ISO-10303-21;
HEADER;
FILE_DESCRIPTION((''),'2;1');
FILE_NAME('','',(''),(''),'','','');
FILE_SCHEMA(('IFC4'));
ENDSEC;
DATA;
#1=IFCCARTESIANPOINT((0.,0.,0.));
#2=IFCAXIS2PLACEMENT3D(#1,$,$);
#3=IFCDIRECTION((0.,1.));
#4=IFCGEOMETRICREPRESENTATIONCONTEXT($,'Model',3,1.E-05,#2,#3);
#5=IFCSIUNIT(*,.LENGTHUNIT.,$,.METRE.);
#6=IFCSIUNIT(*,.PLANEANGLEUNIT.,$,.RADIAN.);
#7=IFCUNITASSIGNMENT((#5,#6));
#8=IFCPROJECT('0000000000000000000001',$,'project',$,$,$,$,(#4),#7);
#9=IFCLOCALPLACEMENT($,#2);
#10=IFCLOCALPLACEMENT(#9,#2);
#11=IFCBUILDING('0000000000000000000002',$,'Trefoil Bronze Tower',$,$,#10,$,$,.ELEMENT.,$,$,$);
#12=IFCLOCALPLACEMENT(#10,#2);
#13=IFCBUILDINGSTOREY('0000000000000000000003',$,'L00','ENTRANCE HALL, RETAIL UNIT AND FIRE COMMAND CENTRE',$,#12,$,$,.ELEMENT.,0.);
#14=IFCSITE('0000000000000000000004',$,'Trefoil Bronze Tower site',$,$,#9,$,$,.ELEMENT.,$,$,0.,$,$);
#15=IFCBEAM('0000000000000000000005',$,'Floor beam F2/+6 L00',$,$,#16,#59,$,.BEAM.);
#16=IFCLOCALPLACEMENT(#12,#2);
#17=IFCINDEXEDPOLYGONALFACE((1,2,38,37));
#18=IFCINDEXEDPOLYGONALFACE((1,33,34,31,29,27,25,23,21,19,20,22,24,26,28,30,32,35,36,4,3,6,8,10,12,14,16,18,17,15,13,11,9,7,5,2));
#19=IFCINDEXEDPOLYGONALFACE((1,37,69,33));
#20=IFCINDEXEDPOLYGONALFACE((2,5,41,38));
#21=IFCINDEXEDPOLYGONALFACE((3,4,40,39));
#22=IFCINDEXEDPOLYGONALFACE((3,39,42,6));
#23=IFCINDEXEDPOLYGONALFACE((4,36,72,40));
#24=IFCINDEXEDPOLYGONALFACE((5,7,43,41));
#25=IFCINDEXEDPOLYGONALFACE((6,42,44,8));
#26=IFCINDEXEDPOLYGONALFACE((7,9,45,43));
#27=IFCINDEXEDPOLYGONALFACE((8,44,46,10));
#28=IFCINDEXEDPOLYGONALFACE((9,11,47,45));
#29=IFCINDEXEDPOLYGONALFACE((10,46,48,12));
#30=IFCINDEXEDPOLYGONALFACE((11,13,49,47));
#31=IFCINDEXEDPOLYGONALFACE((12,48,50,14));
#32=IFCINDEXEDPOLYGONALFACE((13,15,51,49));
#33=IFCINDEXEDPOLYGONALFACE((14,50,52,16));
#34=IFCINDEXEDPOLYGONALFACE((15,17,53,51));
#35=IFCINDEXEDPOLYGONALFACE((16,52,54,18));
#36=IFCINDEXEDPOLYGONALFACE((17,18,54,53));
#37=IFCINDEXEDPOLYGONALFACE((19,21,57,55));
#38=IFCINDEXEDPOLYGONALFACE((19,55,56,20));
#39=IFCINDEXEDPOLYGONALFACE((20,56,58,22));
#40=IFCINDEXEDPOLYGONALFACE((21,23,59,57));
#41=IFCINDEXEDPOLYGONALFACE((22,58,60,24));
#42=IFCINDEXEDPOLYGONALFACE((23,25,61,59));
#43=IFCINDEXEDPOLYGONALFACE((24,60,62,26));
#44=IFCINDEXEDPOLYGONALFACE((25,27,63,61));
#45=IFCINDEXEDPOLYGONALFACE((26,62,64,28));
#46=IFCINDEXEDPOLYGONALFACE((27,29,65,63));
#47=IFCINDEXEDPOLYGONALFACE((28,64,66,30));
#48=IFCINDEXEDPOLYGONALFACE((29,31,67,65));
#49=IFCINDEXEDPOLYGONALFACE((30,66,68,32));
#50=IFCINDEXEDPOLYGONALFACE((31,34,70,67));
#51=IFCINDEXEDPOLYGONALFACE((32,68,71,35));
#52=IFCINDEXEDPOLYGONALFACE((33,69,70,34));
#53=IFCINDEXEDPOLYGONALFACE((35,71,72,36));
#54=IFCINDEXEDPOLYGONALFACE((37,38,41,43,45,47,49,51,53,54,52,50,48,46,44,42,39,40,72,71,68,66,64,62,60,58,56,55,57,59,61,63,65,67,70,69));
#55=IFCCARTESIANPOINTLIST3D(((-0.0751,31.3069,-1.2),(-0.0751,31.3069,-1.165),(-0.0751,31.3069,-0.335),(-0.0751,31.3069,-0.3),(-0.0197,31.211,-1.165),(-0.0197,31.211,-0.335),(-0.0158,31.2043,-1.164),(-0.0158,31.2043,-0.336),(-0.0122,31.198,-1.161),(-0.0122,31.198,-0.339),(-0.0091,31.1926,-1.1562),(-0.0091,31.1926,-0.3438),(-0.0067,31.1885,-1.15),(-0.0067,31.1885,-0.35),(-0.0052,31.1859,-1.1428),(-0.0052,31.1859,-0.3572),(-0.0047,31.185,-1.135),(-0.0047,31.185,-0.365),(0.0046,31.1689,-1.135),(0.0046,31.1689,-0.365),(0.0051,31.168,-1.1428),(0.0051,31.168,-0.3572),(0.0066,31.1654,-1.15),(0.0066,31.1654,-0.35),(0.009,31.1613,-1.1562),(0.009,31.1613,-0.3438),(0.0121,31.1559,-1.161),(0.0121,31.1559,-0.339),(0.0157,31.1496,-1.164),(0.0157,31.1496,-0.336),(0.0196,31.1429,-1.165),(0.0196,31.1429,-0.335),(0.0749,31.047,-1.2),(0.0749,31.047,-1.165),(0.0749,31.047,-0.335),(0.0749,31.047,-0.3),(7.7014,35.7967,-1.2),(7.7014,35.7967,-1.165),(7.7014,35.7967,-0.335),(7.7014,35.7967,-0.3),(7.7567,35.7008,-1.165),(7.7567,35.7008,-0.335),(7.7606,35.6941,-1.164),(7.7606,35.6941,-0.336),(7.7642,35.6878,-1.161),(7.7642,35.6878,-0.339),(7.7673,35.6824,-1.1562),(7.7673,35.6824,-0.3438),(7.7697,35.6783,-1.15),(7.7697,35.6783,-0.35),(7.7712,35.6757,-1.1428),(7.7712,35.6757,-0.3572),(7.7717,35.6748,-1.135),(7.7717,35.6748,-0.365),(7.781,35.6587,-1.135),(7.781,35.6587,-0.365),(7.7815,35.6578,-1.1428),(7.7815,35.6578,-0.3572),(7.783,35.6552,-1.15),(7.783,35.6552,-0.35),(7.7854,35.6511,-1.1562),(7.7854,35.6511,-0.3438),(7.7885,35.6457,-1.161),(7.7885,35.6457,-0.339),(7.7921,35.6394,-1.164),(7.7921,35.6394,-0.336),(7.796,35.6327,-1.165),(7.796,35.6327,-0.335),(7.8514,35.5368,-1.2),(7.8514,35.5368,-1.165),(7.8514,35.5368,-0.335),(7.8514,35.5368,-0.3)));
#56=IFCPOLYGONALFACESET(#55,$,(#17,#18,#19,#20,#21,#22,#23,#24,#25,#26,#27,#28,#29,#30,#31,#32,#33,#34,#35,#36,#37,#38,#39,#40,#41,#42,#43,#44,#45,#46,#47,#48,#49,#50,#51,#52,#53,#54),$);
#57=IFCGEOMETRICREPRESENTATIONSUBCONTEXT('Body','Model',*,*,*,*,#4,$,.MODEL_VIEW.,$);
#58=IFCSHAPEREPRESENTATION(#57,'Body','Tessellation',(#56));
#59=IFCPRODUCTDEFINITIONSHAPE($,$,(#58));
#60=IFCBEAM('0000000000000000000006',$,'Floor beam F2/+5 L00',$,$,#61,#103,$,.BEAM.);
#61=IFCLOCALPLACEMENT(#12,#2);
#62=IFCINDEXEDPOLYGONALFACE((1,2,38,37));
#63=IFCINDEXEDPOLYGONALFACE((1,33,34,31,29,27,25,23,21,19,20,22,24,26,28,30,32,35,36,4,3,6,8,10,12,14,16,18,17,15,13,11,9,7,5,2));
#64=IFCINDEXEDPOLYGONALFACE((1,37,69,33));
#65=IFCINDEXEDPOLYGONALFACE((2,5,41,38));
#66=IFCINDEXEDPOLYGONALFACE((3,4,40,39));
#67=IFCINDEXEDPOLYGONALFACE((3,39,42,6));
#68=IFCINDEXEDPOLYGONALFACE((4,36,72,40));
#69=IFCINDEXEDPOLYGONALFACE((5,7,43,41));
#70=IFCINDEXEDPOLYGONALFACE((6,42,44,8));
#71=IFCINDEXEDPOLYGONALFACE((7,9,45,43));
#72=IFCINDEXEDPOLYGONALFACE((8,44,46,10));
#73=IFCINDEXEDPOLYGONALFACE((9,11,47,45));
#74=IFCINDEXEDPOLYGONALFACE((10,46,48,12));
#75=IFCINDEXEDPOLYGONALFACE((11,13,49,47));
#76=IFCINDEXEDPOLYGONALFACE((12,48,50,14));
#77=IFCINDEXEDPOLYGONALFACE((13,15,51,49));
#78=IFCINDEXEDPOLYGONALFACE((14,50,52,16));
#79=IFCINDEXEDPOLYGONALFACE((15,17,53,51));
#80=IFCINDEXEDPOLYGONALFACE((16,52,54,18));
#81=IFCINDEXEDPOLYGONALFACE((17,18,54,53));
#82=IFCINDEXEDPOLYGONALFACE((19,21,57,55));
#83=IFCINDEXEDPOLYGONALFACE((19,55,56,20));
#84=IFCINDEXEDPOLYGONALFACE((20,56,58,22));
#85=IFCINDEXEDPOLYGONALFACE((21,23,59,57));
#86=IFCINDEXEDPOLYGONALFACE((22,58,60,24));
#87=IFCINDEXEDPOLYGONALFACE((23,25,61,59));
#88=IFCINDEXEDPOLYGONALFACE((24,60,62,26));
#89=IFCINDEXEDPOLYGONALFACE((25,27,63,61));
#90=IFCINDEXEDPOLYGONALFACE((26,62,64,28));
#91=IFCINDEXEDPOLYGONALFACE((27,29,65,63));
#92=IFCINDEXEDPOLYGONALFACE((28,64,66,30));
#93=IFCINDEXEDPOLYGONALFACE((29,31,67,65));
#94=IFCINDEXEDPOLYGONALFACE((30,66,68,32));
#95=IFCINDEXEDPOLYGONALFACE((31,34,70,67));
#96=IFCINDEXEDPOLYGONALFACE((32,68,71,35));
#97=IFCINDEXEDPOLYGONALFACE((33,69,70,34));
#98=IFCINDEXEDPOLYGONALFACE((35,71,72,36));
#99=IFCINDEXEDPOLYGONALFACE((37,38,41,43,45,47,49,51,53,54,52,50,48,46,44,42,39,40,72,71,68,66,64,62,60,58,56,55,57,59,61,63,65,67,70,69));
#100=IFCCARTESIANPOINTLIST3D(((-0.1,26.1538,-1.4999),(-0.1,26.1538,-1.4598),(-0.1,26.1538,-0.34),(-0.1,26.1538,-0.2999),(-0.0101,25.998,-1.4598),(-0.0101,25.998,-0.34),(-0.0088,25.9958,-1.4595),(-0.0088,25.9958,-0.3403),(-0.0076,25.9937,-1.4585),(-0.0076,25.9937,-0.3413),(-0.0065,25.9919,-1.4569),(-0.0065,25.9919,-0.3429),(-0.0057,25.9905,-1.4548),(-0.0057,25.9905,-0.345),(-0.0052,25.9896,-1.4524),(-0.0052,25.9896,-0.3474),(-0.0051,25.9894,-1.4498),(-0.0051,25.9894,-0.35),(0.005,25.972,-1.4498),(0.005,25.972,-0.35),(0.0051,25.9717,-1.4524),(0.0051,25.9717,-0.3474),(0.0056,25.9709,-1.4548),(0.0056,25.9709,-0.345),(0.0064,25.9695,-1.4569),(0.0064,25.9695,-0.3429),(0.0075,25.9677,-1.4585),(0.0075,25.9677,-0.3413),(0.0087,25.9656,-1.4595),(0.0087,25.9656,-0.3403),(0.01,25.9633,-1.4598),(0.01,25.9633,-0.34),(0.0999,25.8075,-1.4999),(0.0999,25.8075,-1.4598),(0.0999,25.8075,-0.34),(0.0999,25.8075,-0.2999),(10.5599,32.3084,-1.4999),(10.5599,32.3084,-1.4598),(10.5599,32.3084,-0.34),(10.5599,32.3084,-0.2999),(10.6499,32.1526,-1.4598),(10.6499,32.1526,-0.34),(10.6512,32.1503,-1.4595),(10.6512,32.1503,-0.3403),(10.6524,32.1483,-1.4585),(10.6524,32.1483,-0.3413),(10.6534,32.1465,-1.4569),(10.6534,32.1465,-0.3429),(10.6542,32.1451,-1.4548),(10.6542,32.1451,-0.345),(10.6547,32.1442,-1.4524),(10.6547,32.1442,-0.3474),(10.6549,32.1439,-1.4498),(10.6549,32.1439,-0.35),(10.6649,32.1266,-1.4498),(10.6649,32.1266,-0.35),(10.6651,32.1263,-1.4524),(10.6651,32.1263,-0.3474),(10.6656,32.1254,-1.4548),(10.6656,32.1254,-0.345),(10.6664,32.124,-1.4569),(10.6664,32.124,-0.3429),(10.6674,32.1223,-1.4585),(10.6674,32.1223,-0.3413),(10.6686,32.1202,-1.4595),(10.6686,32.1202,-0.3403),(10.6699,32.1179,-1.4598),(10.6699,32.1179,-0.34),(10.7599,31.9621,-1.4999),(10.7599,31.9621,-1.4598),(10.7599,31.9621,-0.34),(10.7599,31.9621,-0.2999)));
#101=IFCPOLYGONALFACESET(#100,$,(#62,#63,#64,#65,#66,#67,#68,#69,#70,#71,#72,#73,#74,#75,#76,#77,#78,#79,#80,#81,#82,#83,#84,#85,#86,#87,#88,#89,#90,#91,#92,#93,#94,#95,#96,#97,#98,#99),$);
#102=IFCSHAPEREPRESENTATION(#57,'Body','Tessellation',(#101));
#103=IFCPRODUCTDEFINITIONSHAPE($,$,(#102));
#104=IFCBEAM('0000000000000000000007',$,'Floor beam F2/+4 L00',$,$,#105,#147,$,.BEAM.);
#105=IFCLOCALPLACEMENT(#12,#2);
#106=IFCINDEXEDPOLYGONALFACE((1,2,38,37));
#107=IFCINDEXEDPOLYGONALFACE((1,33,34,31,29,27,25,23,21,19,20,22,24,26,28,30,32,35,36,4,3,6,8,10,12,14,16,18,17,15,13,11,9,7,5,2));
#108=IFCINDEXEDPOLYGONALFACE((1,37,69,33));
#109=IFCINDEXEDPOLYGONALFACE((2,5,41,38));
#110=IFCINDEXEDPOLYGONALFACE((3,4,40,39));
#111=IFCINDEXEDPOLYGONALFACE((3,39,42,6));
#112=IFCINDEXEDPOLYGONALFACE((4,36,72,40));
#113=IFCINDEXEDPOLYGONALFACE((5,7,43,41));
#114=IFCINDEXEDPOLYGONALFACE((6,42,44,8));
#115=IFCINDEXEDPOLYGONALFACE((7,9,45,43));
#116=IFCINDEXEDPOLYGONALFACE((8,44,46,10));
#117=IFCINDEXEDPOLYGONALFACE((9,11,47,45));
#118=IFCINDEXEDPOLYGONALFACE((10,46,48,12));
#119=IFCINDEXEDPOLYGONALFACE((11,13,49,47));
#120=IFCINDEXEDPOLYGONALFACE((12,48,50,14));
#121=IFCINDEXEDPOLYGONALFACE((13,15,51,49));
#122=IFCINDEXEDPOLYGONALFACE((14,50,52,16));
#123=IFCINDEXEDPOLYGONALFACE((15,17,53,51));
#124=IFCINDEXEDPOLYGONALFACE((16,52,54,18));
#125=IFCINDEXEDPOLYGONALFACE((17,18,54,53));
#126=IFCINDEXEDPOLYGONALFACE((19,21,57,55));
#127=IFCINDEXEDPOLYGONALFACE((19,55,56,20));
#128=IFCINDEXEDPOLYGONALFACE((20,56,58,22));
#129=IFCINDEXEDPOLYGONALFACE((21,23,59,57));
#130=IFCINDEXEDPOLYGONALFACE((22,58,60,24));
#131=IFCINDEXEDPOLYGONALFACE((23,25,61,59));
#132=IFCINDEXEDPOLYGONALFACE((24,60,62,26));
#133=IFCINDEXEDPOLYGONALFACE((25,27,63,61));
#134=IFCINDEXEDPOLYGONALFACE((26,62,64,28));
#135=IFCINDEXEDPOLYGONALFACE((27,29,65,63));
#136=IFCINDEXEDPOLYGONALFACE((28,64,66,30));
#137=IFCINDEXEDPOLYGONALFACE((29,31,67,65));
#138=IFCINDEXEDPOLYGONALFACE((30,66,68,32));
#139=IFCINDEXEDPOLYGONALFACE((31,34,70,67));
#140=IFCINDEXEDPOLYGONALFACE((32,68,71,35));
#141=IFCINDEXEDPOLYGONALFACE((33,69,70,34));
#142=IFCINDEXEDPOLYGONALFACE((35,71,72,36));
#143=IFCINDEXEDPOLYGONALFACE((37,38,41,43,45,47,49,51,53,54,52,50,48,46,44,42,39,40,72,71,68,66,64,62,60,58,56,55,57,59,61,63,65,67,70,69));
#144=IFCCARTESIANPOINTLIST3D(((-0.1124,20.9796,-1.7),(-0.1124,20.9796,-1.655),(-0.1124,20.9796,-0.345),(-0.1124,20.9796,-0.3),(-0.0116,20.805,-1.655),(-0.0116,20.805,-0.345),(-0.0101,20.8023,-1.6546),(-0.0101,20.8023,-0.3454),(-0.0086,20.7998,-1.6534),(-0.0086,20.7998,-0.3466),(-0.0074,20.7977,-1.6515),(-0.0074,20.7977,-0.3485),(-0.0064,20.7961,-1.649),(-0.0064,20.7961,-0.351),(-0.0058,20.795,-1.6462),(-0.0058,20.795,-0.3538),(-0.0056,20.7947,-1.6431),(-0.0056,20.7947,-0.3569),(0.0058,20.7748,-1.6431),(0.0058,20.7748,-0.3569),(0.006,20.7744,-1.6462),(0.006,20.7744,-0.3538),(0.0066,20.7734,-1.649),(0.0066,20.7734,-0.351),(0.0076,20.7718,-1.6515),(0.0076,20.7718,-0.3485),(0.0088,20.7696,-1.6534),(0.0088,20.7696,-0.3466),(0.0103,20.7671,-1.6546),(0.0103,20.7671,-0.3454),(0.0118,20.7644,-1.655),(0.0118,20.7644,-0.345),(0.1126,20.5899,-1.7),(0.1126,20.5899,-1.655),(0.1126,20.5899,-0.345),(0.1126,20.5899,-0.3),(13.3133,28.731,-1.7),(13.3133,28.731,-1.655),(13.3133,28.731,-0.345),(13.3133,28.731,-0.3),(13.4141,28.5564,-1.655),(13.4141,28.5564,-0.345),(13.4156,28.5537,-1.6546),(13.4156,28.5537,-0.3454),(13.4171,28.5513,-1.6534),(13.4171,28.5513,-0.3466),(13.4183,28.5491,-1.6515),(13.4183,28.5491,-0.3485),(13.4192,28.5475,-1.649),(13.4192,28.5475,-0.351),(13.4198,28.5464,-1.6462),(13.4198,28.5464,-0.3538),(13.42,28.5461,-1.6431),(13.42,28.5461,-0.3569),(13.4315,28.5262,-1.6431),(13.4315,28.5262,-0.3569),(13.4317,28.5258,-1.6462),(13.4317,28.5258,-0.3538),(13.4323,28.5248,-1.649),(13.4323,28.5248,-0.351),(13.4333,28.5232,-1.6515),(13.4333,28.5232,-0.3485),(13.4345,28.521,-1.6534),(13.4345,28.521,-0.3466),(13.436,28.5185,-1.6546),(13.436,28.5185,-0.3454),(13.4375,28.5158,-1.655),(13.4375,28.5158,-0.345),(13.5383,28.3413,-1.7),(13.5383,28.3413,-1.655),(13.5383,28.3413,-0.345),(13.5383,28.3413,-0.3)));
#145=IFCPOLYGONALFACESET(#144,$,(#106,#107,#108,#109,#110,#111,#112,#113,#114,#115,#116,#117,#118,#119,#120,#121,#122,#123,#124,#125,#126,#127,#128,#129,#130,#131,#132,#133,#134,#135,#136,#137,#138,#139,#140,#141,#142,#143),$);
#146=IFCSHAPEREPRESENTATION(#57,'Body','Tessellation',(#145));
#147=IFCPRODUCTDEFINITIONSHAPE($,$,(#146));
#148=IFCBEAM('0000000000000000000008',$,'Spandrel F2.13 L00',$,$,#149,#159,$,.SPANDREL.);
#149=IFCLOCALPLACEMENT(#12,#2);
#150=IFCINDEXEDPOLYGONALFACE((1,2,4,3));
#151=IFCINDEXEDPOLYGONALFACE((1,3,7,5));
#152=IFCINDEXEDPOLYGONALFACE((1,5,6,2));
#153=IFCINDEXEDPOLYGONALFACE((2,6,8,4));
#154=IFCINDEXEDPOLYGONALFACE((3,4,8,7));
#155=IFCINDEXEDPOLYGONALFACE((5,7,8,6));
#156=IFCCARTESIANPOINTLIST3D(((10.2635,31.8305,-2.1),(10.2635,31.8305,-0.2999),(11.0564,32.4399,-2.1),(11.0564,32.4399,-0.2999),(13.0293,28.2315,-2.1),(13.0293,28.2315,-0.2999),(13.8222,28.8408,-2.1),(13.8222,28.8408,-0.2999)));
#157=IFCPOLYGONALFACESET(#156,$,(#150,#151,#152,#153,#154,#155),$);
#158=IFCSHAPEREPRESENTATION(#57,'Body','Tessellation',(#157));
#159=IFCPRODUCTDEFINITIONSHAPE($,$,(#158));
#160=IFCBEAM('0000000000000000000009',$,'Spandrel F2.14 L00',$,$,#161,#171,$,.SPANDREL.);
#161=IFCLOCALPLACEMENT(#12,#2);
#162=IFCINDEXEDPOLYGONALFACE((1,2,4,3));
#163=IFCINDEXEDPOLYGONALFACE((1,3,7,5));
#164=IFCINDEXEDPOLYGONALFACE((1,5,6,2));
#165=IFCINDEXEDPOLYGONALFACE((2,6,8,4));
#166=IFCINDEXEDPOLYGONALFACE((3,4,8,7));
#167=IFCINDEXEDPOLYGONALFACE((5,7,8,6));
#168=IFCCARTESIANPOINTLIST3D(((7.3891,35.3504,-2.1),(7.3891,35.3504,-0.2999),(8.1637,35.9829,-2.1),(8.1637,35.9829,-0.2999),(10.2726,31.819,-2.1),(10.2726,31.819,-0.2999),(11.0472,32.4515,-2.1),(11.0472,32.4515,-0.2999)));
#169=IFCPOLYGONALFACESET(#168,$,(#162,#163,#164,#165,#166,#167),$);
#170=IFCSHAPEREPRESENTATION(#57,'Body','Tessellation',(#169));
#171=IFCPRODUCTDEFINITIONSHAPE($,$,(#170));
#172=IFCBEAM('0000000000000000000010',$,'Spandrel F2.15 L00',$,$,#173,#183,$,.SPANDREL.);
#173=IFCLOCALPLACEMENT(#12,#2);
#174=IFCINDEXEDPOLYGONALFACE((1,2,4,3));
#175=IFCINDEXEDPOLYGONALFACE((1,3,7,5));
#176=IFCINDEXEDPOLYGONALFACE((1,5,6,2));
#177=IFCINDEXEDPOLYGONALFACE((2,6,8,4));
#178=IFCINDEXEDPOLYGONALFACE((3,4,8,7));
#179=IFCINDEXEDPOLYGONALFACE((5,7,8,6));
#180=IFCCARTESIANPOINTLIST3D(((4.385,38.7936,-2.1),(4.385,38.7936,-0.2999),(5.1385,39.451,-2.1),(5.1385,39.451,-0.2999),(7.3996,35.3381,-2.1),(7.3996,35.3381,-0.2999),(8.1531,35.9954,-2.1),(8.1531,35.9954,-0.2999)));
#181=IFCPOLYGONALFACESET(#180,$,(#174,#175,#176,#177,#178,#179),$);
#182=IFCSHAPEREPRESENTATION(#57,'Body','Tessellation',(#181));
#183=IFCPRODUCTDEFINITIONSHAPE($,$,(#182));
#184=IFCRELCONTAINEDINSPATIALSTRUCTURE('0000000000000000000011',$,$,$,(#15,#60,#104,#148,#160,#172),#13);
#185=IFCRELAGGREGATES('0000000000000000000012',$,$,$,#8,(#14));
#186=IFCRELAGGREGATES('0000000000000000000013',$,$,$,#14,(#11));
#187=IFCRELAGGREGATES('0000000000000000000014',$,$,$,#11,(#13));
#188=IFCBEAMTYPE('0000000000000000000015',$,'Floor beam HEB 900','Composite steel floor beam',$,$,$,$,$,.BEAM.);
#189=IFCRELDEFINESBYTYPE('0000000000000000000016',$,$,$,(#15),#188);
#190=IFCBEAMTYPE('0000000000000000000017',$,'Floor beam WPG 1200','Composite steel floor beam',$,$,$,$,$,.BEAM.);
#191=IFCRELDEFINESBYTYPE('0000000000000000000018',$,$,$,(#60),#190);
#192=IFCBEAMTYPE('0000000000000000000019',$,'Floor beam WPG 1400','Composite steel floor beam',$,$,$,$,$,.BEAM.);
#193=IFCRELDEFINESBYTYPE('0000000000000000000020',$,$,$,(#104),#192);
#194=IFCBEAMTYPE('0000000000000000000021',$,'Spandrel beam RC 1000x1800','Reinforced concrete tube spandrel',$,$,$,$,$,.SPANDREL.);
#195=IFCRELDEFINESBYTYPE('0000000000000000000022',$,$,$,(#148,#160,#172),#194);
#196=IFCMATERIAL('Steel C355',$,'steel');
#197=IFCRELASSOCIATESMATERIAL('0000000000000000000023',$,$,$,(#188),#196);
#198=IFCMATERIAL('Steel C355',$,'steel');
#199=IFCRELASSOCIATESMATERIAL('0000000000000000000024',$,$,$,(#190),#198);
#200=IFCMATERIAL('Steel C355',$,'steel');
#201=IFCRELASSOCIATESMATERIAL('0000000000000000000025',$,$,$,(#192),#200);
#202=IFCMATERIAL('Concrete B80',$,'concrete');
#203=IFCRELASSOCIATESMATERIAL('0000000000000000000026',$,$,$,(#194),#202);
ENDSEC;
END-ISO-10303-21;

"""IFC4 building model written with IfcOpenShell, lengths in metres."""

from ifc_helpers import new_model, si_unit, direction, frame, origin, origin_2d, place, context, subcontext, project, spatial, rectangle, i_section, extrude, material, material_profile, profile_set, type_object, element, save


model = new_model("IFC4")

# Units and contexts
model_context = context("Model", 3, precision=1e-05, world=origin(), true_north=direction((0.0, 1.0)))
body_context = subcontext(model_context, "Body", "Model", "MODEL_VIEW")
ifc_project = project(units=[si_unit("LENGTHUNIT", "METRE"), si_unit("PLANEANGLEUNIT", "RADIAN")], contexts=[model_context])

# Site, building, storey
site_placement = place(None, origin())
site = spatial("IfcSite", under=ifc_project, at=site_placement, Name="Trefoil Bronze Tower site", CompositionType="ELEMENT", RefElevation=0.0)
building_placement = place(site_placement, origin())
building = spatial("IfcBuilding", under=site, at=building_placement, Name="Trefoil Bronze Tower", CompositionType="ELEMENT")
storey_placement = place(building_placement, origin())
storey = spatial("IfcBuildingStorey", under=building, at=storey_placement, Name="L00", Description="ENTRANCE HALL, RETAIL UNIT AND FIRE COMMAND CENTRE", CompositionType="ELEMENT", Elevation=0.0)

# Beams
ifc_material_1 = material(Name="Steel C355", Category="steel")
ifc_material_profile_1 = material_profile(ifc_material_1, i_section(OverallWidth=0.3, OverallDepth=0.8999, WebThickness=0.0186, FlangeThickness=0.0349, FilletRadius=0.03, at=origin_2d()), Name="HEB 900")
ifc_profile_set_1 = profile_set([ifc_material_profile_1], Name="Steel C355")
beam_type_1 = type_object("IfcBeamType", Name="Floor beam HEB 900", Description="Composite steel floor beam", PredefinedType="BEAM", material=ifc_profile_set_1)
beam_1_placement = place(storey_placement, frame((7.7764, 35.6667, -0.75), z_axis=(-0.866023, -0.500005, 0.0), x_axis=(0.500005, -0.866023, 0.0)))
element("IfcBeam", 1, at=beam_1_placement, inside=storey, type_object=beam_type_1, Name="Floor beam F2/+6 L00", PredefinedType="BEAM", context=body_context, shape_type="SweptSolid", body=[
    extrude(i_section(OverallWidth=0.3, OverallDepth=0.8999, WebThickness=0.0186, FlangeThickness=0.0349, FilletRadius=0.03, at=origin_2d()), origin(), (0.0, 0.0, 1.0), 8.9795),
])
ifc_material_2 = material(Name="Steel C355", Category="steel")
ifc_material_profile_2 = material_profile(ifc_material_2, i_section(OverallWidth=0.3999, OverallDepth=1.2, WebThickness=0.02, FlangeThickness=0.04, FilletRadius=0.01, at=origin_2d()), Name="WPG 1200")
ifc_profile_set_2 = profile_set([ifc_material_profile_2], Name="Steel C355")
beam_type_2 = type_object("IfcBeamType", Name="Floor beam WPG 1200", Description="Composite steel floor beam", PredefinedType="BEAM", material=ifc_profile_set_2)
beam_2_placement = place(storey_placement, frame((10.6599, 32.1353, -0.8999), z_axis=(-0.866024, -0.500002, 0.0), x_axis=(0.500002, -0.866024, 0.0)))
element("IfcBeam", 2, at=beam_2_placement, inside=storey, type_object=beam_type_2, Name="Floor beam F2/+5 L00", PredefinedType="BEAM", context=body_context, shape_type="SweptSolid", body=[
    extrude(i_section(OverallWidth=0.3999, OverallDepth=1.2, WebThickness=0.02, FlangeThickness=0.04, FilletRadius=0.01, at=origin_2d()), origin(), (0.0, 0.0, 1.0), 12.3091),
])
ifc_material_3 = material(Name="Steel C355", Category="steel")
ifc_material_profile_3 = material_profile(ifc_material_3, i_section(OverallWidth=0.45, OverallDepth=1.3999, WebThickness=0.0229, FlangeThickness=0.0449, FilletRadius=0.012, at=origin_2d()), Name="WPG 1400")
ifc_profile_set_3 = profile_set([ifc_material_profile_3], Name="Steel C355")
beam_type_3 = type_object("IfcBeamType", Name="Floor beam WPG 1400", Description="Composite steel floor beam", PredefinedType="BEAM", material=ifc_profile_set_3)
beam_3_placement = place(storey_placement, frame((13.4258, 28.5361, -1.0), z_axis=(-0.866023, -0.500004, 0.0), x_axis=(0.500004, -0.866023, 0.0)))
element("IfcBeam", 3, at=beam_3_placement, inside=storey, type_object=beam_type_3, Name="Floor beam F2/+4 L00", PredefinedType="BEAM", context=body_context, shape_type="SweptSolid", body=[
    extrude(i_section(OverallWidth=0.45, OverallDepth=1.3999, WebThickness=0.0229, FlangeThickness=0.0449, FilletRadius=0.012, at=origin_2d()), origin(), (0.0, 0.0, 1.0), 15.5027),
])
ifc_material_4 = material(Name="Concrete B80", Category="concrete")
ifc_material_profile_4 = material_profile(ifc_material_4, rectangle(XDim=1.0, YDim=1.8, at=origin_2d()), Name="RC 1000x1800")
ifc_profile_set_4 = profile_set([ifc_material_profile_4], Name="Concrete B80")
beam_type_4 = type_object("IfcBeamType", Name="Spandrel beam RC 1000x1800", Description="Reinforced concrete tube spandrel", PredefinedType="SPANDREL", material=ifc_profile_set_4)
beam_4_placement = place(storey_placement, frame((13.4258, 28.5361, -1.2), z_axis=(-0.609339, 0.79291, 0.0), x_axis=(-0.79291, -0.609339, 0.0)))
element("IfcBeam", 4, at=beam_4_placement, inside=storey, type_object=beam_type_4, Name="Spandrel F2.13 L00", PredefinedType="SPANDREL", context=body_context, shape_type="SweptSolid", body=[
    extrude(rectangle(XDim=1.0, YDim=1.8, at=origin_2d()), origin(), (0.0, 0.0, 1.0), 4.5391),
])
beam_5_placement = place(storey_placement, frame((10.6599, 32.1353, -1.2), z_axis=(-0.632468, 0.774587, 0.0), x_axis=(-0.774587, -0.632468, 0.0)))
element("IfcBeam", 5, at=beam_5_placement, inside=storey, type_object=beam_type_4, Name="Spandrel F2.14 L00", PredefinedType="SPANDREL", context=body_context, shape_type="SweptSolid", body=[
    extrude(rectangle(XDim=1.0, YDim=1.8, at=origin_2d()), origin(), (0.0, 0.0, 1.0), 4.5591),
])
beam_6_placement = place(storey_placement, frame((7.7764, 35.6667, -1.2), z_axis=(-0.657396, 0.753545, 0.0), x_axis=(-0.753545, -0.657396, 0.0)))
element("IfcBeam", 6, at=beam_6_placement, inside=storey, type_object=beam_type_4, Name="Spandrel F2.15 L00", PredefinedType="SPANDREL", context=body_context, shape_type="SweptSolid", body=[
    extrude(rectangle(XDim=1.0, YDim=1.8, at=origin_2d()), origin(), (0.0, 0.0, 1.0), 4.5857),
])

save(model, "model.ifc")
